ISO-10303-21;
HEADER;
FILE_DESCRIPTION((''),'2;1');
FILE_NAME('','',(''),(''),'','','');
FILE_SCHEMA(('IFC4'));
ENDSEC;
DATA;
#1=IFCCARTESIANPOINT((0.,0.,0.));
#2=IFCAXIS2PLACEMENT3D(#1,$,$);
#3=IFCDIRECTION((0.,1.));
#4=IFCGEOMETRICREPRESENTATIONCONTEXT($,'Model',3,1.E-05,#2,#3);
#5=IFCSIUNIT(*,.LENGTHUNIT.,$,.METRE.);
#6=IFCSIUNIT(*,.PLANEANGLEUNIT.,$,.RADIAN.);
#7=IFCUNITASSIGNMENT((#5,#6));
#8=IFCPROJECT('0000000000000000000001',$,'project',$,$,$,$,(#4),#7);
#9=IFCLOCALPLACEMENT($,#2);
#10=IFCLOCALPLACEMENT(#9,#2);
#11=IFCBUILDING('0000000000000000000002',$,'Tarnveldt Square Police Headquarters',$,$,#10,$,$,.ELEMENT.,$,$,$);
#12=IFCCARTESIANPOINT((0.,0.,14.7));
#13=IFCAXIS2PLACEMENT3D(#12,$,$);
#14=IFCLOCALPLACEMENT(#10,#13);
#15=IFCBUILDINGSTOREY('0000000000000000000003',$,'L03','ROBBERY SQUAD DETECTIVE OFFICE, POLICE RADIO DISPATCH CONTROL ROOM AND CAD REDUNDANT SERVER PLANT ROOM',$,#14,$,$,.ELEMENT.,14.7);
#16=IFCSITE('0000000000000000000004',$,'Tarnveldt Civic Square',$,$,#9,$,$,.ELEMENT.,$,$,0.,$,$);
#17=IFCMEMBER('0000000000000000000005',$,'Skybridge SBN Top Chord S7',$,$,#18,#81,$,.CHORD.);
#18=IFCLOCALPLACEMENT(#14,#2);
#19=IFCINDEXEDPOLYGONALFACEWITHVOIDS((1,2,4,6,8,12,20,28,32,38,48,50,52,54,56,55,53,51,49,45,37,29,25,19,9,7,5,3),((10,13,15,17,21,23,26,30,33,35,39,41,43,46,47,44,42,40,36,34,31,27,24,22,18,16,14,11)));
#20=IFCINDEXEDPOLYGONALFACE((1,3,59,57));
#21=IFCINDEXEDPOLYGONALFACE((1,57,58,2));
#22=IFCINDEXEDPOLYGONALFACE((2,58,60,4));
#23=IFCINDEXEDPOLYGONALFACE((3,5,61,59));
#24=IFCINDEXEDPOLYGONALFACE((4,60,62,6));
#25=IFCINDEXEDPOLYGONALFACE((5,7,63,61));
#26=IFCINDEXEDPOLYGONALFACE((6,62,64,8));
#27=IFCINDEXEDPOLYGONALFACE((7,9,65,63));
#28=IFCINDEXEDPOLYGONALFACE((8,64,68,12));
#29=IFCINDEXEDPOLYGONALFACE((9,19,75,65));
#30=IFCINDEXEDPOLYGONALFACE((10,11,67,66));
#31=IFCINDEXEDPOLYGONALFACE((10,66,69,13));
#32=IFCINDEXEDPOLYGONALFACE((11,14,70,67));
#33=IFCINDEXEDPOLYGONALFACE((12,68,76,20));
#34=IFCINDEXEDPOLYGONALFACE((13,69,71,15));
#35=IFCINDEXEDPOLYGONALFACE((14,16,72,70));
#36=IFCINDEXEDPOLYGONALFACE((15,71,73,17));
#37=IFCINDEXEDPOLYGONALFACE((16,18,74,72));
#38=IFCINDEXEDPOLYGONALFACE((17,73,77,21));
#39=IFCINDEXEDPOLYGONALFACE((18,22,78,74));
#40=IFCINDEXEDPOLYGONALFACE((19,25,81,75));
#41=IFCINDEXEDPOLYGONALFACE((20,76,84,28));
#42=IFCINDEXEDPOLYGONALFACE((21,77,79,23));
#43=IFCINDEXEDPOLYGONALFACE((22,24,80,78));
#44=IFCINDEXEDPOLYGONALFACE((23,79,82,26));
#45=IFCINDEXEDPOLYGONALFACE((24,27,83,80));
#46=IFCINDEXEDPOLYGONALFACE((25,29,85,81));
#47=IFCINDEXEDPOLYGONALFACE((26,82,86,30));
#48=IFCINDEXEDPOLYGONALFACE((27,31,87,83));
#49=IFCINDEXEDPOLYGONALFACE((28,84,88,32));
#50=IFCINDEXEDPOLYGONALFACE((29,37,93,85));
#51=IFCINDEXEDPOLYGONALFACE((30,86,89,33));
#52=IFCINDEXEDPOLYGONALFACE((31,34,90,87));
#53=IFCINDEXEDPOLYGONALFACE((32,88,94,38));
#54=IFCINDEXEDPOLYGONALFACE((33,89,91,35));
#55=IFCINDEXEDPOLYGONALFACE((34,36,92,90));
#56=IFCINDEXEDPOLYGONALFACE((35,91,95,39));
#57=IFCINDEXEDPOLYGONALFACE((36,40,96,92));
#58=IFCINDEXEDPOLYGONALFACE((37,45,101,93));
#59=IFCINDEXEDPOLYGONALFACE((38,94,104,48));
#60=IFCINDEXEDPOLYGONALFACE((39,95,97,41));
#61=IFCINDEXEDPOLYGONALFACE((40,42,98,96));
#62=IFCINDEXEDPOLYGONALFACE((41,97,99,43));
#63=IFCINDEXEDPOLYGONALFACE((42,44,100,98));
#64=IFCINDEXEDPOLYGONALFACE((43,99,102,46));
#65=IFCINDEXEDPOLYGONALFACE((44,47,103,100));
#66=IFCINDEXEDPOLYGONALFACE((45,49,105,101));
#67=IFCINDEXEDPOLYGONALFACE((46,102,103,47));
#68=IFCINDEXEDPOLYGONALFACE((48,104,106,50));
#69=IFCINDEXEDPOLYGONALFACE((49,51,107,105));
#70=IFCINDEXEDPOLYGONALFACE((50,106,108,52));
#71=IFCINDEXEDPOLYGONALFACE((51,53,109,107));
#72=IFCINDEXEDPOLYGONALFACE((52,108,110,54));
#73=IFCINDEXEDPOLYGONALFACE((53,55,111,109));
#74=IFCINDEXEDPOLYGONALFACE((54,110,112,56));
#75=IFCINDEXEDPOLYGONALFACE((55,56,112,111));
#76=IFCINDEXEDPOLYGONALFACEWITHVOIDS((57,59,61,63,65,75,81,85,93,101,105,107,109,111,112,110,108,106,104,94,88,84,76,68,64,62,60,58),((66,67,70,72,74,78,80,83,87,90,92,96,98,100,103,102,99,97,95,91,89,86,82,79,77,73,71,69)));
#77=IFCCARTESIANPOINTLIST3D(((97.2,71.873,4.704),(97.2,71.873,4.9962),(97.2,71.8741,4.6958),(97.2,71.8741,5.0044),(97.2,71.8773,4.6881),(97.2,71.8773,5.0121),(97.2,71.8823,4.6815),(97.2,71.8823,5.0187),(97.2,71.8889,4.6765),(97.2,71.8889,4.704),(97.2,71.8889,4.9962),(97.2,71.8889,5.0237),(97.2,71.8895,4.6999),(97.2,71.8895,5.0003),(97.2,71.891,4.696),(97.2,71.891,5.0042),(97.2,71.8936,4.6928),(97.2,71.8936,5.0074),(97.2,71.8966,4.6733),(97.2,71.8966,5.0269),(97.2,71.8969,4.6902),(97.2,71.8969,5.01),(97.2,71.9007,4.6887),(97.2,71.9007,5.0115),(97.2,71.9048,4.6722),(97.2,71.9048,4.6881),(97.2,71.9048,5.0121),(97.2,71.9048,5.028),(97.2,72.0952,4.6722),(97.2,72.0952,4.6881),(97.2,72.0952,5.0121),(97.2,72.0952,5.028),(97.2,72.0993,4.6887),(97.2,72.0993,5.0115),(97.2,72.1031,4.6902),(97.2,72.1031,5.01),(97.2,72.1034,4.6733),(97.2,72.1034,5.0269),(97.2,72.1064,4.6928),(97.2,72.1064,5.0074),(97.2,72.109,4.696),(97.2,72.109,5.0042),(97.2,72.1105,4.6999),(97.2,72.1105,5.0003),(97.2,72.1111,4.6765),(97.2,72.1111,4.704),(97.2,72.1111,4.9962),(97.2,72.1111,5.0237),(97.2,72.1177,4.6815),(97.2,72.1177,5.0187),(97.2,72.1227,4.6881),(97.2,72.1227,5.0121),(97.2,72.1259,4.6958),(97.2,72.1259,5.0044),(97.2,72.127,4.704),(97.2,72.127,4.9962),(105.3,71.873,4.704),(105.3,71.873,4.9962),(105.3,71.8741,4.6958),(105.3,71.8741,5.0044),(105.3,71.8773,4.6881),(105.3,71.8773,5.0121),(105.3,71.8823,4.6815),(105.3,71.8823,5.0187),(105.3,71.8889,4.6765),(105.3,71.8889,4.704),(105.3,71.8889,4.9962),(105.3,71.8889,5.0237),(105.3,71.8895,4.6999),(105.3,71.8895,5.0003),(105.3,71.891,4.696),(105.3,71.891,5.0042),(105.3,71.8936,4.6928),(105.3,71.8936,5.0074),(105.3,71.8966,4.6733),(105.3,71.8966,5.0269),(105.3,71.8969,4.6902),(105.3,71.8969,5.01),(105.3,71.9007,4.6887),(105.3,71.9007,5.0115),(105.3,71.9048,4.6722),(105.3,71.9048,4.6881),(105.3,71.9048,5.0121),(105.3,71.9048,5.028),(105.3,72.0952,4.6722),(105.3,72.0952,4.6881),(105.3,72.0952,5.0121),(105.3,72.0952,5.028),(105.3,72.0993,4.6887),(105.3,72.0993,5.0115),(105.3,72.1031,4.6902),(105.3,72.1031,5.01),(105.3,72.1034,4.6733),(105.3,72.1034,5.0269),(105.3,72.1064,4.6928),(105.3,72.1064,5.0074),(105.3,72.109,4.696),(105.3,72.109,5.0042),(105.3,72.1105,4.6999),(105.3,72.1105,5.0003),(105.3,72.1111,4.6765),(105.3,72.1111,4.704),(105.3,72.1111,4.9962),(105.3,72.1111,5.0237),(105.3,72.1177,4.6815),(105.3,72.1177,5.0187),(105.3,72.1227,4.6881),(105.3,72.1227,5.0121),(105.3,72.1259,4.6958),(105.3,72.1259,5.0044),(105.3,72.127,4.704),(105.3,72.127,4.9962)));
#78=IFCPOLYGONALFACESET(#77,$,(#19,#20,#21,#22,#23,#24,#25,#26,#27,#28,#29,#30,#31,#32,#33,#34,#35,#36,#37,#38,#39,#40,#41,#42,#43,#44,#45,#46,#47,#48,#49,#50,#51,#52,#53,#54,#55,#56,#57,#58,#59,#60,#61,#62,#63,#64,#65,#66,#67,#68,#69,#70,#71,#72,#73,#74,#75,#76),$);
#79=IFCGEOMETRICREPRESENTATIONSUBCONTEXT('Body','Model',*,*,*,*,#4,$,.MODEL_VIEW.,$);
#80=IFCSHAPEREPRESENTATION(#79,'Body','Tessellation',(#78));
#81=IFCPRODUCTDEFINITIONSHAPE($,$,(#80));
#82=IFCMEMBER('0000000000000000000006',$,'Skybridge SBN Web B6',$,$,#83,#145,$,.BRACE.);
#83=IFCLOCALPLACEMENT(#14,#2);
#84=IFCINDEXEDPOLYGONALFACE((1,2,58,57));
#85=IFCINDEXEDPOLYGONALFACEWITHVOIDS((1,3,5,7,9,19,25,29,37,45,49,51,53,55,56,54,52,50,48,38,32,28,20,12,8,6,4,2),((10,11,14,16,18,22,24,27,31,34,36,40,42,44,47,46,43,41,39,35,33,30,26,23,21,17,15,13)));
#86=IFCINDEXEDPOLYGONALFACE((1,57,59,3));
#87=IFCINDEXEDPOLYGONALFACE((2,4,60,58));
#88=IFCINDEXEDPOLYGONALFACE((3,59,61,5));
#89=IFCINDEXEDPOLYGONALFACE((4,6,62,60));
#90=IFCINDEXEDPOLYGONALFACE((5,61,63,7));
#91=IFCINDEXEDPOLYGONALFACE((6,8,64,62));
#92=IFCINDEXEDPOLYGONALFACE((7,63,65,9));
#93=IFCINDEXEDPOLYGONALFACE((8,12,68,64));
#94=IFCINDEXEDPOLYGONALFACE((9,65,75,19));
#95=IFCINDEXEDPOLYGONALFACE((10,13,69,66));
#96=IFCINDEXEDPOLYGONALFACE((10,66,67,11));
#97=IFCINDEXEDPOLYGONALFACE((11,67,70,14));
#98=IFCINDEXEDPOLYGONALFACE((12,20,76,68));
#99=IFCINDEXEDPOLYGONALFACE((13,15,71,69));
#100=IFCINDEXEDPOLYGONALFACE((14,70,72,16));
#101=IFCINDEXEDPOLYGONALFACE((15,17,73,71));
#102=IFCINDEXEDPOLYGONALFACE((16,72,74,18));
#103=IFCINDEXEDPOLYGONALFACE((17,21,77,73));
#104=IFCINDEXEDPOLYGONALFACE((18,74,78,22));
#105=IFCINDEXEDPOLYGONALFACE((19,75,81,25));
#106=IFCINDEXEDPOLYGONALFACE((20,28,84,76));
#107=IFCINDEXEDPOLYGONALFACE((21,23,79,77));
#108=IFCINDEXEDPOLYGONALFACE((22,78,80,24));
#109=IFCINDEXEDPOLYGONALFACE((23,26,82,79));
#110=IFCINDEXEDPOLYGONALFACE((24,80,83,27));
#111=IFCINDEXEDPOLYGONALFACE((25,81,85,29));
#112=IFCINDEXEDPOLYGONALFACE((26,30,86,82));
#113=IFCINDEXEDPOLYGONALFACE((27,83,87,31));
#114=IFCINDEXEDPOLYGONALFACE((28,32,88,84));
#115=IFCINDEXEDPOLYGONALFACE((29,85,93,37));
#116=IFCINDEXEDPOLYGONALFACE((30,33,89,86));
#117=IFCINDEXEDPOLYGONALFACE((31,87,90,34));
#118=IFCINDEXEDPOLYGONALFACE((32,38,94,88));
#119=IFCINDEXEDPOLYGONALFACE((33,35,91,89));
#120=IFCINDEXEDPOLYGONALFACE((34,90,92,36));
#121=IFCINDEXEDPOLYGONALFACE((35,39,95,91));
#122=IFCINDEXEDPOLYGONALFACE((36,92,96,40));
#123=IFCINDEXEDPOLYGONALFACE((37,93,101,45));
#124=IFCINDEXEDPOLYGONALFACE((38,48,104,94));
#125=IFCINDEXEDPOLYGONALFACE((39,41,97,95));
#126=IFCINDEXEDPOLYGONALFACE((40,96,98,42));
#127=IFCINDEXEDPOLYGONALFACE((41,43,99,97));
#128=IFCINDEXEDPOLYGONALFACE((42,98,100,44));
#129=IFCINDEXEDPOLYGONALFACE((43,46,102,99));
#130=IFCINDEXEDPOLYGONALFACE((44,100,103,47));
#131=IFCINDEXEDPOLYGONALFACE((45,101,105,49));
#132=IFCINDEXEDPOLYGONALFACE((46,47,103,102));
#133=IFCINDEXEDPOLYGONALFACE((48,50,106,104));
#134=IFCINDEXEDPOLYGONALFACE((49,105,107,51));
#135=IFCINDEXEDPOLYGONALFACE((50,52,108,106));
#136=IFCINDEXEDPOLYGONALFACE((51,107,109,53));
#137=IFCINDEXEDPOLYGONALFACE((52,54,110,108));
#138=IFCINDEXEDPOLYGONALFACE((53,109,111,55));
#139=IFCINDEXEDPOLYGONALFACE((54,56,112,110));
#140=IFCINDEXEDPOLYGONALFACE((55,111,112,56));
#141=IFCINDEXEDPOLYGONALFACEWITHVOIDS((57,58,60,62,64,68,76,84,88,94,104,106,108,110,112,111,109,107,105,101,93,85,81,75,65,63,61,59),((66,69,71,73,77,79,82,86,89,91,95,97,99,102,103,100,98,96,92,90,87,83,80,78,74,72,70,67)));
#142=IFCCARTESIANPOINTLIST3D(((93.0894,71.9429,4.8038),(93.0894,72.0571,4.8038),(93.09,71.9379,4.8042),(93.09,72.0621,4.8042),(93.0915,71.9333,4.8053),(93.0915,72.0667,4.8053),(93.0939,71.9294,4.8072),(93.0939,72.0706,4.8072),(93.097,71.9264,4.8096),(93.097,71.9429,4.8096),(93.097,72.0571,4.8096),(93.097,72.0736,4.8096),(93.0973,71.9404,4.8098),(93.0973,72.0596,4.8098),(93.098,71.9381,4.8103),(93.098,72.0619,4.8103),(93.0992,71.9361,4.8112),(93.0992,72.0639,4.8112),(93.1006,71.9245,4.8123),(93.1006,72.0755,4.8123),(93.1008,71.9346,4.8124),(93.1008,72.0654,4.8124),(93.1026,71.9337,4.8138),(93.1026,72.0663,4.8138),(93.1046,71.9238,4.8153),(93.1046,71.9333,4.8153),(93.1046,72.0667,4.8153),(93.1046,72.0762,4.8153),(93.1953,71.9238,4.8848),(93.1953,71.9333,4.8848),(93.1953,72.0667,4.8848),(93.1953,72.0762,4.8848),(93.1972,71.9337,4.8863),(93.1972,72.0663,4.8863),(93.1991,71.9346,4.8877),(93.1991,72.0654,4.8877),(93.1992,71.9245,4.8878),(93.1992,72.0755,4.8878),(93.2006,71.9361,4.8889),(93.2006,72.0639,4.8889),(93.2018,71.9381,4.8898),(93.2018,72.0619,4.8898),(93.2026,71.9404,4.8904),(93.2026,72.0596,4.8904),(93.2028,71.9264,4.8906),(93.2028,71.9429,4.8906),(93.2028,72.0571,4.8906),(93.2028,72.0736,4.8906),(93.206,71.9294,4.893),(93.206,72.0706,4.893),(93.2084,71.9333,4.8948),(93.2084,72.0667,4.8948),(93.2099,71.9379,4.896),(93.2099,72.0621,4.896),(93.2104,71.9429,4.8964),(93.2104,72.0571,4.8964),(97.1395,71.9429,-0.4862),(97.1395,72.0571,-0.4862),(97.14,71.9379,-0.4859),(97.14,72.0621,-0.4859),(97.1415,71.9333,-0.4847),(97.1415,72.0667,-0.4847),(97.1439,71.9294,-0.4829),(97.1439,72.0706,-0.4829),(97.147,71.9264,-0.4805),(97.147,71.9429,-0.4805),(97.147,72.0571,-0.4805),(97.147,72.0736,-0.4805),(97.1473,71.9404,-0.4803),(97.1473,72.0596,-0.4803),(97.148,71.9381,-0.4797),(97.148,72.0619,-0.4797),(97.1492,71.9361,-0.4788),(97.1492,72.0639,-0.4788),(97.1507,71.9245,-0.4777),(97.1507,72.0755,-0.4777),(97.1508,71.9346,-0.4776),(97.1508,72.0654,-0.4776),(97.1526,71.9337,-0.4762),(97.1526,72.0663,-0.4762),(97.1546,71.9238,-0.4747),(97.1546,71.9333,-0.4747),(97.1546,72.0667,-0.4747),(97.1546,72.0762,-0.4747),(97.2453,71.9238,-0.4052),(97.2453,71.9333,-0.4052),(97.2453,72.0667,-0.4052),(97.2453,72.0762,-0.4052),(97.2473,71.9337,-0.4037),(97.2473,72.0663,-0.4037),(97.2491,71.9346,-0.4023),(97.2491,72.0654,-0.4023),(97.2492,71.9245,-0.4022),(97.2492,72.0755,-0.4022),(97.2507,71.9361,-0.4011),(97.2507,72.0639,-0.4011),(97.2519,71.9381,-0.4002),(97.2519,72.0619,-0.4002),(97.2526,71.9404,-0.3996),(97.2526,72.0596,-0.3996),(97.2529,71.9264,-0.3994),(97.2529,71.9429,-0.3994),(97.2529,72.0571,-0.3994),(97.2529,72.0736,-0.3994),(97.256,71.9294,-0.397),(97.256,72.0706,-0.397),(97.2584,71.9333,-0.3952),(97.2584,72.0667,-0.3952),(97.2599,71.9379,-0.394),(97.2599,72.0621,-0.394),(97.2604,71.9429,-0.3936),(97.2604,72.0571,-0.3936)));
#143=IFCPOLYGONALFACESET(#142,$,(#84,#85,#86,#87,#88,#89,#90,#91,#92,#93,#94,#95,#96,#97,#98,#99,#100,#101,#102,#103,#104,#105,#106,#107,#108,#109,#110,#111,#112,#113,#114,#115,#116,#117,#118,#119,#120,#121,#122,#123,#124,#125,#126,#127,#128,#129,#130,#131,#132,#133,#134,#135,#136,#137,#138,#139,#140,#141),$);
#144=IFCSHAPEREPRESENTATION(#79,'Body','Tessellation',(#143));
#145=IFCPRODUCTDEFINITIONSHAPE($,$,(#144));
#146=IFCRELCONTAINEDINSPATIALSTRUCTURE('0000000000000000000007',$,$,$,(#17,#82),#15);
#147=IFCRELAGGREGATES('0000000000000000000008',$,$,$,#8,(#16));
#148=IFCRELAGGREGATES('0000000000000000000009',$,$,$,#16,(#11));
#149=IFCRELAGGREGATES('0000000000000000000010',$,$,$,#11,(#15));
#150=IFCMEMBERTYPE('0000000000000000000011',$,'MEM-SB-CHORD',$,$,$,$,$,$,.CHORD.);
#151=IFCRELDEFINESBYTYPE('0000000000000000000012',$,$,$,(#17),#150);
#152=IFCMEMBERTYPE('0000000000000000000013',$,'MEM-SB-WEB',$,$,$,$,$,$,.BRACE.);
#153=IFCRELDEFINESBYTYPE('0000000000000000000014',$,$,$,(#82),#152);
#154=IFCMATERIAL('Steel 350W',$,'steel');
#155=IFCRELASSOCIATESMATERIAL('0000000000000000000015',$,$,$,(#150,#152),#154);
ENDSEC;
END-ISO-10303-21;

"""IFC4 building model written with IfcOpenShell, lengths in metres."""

from ifc_helpers import new_model, si_unit, direction, frame, origin, origin_2d, place, context, subcontext, project, spatial, hollow_rectangle, extrude, material, material_profile, profile_set, type_object, element, save


model = new_model("IFC4")

# Units and contexts
model_context = context("Model", 3, precision=1e-05, world=origin(), true_north=direction((0.0, 1.0)))
body_context = subcontext(model_context, "Body", "Model", "MODEL_VIEW")
ifc_project = project(units=[si_unit("LENGTHUNIT", "METRE"), si_unit("PLANEANGLEUNIT", "RADIAN")], contexts=[model_context])

# Site, building, storey
site_placement = place(None, origin())
site = spatial("IfcSite", under=ifc_project, at=site_placement, Name="Tarnveldt Civic Square", CompositionType="ELEMENT", RefElevation=0.0)
building_placement = place(site_placement, origin())
building = spatial("IfcBuilding", under=site, at=building_placement, Name="Tarnveldt Square Police Headquarters", CompositionType="ELEMENT")
storey_placement = place(building_placement, frame((0.0, 0.0, 14.7)))
storey = spatial("IfcBuildingStorey", under=building, at=storey_placement, Name="L03", Description="ROBBERY SQUAD DETECTIVE OFFICE, POLICE RADIO DISPATCH CONTROL ROOM AND CAD REDUNDANT SERVER PLANT ROOM", CompositionType="ELEMENT", Elevation=14.7)

# Shared definitions
ifc_material_1 = material(Name="Steel 350W", Category="steel")

# Members
ifc_material_profile_1 = material_profile(ifc_material_1, hollow_rectangle(XDim=0.2539, YDim=0.3557, WallThickness=0.0159, InnerFilletRadius=0.0159, OuterFilletRadius=0.0317, at=origin_2d()), Name="HSS356x254x16")
ifc_profile_set_1 = profile_set([ifc_material_profile_1], Name="Steel 350W")
member_type_1 = type_object("IfcMemberType", Name="MEM-SB-CHORD", PredefinedType="CHORD", material=ifc_profile_set_1)
for number, where, z_axis, x_axis, name in (
    (1, (97.2, 72.0, 4.8501), (1.0, 0.0, 0.0), (0.0, 1.0, 0.0), "Skybridge SBN Top Chord S7"),
):
    element("IfcMember", number, at=place(storey_placement, frame(where, z_axis=z_axis, x_axis=x_axis)), inside=storey, type_object=member_type_1, Name=name, PredefinedType="CHORD", context=body_context, shape_type="SweptSolid", body=[
        extrude(hollow_rectangle(XDim=0.2539, YDim=0.3557, WallThickness=0.0159, InnerFilletRadius=0.0159, OuterFilletRadius=0.0317, at=origin_2d()), origin(), (0.0, 0.0, 1.0), 8.1001),
    ])
ifc_material_profile_2 = material_profile(ifc_material_1, hollow_rectangle(XDim=0.1523, YDim=0.1523, WallThickness=0.0095, InnerFilletRadius=0.0095, OuterFilletRadius=0.019, at=origin_2d()), Name="HSS152x152x9.5")
ifc_profile_set_2 = profile_set([ifc_material_profile_2], Name="Steel 350W")
member_type_2 = type_object("IfcMemberType", Name="MEM-SB-WEB", PredefinedType="BRACE", material=ifc_profile_set_2)
for number, where, z_axis, x_axis, name in (
    (2, (97.2, 72.0, -0.4399), (-0.607898, 0.0, 0.794016), (0.0, -1.0, 0.0), "Skybridge SBN Web B6"),
):
    element("IfcMember", number, at=place(storey_placement, frame(where, z_axis=z_axis, x_axis=x_axis)), inside=storey, type_object=member_type_2, Name=name, PredefinedType="BRACE", context=body_context, shape_type="SweptSolid", body=[
        extrude(hollow_rectangle(XDim=0.1523, YDim=0.1523, WallThickness=0.0095, InnerFilletRadius=0.0095, OuterFilletRadius=0.019, at=origin_2d()), origin(), (0.0, 0.0, 1.0), 6.6624),
    ])

save(model, "model.ifc")
